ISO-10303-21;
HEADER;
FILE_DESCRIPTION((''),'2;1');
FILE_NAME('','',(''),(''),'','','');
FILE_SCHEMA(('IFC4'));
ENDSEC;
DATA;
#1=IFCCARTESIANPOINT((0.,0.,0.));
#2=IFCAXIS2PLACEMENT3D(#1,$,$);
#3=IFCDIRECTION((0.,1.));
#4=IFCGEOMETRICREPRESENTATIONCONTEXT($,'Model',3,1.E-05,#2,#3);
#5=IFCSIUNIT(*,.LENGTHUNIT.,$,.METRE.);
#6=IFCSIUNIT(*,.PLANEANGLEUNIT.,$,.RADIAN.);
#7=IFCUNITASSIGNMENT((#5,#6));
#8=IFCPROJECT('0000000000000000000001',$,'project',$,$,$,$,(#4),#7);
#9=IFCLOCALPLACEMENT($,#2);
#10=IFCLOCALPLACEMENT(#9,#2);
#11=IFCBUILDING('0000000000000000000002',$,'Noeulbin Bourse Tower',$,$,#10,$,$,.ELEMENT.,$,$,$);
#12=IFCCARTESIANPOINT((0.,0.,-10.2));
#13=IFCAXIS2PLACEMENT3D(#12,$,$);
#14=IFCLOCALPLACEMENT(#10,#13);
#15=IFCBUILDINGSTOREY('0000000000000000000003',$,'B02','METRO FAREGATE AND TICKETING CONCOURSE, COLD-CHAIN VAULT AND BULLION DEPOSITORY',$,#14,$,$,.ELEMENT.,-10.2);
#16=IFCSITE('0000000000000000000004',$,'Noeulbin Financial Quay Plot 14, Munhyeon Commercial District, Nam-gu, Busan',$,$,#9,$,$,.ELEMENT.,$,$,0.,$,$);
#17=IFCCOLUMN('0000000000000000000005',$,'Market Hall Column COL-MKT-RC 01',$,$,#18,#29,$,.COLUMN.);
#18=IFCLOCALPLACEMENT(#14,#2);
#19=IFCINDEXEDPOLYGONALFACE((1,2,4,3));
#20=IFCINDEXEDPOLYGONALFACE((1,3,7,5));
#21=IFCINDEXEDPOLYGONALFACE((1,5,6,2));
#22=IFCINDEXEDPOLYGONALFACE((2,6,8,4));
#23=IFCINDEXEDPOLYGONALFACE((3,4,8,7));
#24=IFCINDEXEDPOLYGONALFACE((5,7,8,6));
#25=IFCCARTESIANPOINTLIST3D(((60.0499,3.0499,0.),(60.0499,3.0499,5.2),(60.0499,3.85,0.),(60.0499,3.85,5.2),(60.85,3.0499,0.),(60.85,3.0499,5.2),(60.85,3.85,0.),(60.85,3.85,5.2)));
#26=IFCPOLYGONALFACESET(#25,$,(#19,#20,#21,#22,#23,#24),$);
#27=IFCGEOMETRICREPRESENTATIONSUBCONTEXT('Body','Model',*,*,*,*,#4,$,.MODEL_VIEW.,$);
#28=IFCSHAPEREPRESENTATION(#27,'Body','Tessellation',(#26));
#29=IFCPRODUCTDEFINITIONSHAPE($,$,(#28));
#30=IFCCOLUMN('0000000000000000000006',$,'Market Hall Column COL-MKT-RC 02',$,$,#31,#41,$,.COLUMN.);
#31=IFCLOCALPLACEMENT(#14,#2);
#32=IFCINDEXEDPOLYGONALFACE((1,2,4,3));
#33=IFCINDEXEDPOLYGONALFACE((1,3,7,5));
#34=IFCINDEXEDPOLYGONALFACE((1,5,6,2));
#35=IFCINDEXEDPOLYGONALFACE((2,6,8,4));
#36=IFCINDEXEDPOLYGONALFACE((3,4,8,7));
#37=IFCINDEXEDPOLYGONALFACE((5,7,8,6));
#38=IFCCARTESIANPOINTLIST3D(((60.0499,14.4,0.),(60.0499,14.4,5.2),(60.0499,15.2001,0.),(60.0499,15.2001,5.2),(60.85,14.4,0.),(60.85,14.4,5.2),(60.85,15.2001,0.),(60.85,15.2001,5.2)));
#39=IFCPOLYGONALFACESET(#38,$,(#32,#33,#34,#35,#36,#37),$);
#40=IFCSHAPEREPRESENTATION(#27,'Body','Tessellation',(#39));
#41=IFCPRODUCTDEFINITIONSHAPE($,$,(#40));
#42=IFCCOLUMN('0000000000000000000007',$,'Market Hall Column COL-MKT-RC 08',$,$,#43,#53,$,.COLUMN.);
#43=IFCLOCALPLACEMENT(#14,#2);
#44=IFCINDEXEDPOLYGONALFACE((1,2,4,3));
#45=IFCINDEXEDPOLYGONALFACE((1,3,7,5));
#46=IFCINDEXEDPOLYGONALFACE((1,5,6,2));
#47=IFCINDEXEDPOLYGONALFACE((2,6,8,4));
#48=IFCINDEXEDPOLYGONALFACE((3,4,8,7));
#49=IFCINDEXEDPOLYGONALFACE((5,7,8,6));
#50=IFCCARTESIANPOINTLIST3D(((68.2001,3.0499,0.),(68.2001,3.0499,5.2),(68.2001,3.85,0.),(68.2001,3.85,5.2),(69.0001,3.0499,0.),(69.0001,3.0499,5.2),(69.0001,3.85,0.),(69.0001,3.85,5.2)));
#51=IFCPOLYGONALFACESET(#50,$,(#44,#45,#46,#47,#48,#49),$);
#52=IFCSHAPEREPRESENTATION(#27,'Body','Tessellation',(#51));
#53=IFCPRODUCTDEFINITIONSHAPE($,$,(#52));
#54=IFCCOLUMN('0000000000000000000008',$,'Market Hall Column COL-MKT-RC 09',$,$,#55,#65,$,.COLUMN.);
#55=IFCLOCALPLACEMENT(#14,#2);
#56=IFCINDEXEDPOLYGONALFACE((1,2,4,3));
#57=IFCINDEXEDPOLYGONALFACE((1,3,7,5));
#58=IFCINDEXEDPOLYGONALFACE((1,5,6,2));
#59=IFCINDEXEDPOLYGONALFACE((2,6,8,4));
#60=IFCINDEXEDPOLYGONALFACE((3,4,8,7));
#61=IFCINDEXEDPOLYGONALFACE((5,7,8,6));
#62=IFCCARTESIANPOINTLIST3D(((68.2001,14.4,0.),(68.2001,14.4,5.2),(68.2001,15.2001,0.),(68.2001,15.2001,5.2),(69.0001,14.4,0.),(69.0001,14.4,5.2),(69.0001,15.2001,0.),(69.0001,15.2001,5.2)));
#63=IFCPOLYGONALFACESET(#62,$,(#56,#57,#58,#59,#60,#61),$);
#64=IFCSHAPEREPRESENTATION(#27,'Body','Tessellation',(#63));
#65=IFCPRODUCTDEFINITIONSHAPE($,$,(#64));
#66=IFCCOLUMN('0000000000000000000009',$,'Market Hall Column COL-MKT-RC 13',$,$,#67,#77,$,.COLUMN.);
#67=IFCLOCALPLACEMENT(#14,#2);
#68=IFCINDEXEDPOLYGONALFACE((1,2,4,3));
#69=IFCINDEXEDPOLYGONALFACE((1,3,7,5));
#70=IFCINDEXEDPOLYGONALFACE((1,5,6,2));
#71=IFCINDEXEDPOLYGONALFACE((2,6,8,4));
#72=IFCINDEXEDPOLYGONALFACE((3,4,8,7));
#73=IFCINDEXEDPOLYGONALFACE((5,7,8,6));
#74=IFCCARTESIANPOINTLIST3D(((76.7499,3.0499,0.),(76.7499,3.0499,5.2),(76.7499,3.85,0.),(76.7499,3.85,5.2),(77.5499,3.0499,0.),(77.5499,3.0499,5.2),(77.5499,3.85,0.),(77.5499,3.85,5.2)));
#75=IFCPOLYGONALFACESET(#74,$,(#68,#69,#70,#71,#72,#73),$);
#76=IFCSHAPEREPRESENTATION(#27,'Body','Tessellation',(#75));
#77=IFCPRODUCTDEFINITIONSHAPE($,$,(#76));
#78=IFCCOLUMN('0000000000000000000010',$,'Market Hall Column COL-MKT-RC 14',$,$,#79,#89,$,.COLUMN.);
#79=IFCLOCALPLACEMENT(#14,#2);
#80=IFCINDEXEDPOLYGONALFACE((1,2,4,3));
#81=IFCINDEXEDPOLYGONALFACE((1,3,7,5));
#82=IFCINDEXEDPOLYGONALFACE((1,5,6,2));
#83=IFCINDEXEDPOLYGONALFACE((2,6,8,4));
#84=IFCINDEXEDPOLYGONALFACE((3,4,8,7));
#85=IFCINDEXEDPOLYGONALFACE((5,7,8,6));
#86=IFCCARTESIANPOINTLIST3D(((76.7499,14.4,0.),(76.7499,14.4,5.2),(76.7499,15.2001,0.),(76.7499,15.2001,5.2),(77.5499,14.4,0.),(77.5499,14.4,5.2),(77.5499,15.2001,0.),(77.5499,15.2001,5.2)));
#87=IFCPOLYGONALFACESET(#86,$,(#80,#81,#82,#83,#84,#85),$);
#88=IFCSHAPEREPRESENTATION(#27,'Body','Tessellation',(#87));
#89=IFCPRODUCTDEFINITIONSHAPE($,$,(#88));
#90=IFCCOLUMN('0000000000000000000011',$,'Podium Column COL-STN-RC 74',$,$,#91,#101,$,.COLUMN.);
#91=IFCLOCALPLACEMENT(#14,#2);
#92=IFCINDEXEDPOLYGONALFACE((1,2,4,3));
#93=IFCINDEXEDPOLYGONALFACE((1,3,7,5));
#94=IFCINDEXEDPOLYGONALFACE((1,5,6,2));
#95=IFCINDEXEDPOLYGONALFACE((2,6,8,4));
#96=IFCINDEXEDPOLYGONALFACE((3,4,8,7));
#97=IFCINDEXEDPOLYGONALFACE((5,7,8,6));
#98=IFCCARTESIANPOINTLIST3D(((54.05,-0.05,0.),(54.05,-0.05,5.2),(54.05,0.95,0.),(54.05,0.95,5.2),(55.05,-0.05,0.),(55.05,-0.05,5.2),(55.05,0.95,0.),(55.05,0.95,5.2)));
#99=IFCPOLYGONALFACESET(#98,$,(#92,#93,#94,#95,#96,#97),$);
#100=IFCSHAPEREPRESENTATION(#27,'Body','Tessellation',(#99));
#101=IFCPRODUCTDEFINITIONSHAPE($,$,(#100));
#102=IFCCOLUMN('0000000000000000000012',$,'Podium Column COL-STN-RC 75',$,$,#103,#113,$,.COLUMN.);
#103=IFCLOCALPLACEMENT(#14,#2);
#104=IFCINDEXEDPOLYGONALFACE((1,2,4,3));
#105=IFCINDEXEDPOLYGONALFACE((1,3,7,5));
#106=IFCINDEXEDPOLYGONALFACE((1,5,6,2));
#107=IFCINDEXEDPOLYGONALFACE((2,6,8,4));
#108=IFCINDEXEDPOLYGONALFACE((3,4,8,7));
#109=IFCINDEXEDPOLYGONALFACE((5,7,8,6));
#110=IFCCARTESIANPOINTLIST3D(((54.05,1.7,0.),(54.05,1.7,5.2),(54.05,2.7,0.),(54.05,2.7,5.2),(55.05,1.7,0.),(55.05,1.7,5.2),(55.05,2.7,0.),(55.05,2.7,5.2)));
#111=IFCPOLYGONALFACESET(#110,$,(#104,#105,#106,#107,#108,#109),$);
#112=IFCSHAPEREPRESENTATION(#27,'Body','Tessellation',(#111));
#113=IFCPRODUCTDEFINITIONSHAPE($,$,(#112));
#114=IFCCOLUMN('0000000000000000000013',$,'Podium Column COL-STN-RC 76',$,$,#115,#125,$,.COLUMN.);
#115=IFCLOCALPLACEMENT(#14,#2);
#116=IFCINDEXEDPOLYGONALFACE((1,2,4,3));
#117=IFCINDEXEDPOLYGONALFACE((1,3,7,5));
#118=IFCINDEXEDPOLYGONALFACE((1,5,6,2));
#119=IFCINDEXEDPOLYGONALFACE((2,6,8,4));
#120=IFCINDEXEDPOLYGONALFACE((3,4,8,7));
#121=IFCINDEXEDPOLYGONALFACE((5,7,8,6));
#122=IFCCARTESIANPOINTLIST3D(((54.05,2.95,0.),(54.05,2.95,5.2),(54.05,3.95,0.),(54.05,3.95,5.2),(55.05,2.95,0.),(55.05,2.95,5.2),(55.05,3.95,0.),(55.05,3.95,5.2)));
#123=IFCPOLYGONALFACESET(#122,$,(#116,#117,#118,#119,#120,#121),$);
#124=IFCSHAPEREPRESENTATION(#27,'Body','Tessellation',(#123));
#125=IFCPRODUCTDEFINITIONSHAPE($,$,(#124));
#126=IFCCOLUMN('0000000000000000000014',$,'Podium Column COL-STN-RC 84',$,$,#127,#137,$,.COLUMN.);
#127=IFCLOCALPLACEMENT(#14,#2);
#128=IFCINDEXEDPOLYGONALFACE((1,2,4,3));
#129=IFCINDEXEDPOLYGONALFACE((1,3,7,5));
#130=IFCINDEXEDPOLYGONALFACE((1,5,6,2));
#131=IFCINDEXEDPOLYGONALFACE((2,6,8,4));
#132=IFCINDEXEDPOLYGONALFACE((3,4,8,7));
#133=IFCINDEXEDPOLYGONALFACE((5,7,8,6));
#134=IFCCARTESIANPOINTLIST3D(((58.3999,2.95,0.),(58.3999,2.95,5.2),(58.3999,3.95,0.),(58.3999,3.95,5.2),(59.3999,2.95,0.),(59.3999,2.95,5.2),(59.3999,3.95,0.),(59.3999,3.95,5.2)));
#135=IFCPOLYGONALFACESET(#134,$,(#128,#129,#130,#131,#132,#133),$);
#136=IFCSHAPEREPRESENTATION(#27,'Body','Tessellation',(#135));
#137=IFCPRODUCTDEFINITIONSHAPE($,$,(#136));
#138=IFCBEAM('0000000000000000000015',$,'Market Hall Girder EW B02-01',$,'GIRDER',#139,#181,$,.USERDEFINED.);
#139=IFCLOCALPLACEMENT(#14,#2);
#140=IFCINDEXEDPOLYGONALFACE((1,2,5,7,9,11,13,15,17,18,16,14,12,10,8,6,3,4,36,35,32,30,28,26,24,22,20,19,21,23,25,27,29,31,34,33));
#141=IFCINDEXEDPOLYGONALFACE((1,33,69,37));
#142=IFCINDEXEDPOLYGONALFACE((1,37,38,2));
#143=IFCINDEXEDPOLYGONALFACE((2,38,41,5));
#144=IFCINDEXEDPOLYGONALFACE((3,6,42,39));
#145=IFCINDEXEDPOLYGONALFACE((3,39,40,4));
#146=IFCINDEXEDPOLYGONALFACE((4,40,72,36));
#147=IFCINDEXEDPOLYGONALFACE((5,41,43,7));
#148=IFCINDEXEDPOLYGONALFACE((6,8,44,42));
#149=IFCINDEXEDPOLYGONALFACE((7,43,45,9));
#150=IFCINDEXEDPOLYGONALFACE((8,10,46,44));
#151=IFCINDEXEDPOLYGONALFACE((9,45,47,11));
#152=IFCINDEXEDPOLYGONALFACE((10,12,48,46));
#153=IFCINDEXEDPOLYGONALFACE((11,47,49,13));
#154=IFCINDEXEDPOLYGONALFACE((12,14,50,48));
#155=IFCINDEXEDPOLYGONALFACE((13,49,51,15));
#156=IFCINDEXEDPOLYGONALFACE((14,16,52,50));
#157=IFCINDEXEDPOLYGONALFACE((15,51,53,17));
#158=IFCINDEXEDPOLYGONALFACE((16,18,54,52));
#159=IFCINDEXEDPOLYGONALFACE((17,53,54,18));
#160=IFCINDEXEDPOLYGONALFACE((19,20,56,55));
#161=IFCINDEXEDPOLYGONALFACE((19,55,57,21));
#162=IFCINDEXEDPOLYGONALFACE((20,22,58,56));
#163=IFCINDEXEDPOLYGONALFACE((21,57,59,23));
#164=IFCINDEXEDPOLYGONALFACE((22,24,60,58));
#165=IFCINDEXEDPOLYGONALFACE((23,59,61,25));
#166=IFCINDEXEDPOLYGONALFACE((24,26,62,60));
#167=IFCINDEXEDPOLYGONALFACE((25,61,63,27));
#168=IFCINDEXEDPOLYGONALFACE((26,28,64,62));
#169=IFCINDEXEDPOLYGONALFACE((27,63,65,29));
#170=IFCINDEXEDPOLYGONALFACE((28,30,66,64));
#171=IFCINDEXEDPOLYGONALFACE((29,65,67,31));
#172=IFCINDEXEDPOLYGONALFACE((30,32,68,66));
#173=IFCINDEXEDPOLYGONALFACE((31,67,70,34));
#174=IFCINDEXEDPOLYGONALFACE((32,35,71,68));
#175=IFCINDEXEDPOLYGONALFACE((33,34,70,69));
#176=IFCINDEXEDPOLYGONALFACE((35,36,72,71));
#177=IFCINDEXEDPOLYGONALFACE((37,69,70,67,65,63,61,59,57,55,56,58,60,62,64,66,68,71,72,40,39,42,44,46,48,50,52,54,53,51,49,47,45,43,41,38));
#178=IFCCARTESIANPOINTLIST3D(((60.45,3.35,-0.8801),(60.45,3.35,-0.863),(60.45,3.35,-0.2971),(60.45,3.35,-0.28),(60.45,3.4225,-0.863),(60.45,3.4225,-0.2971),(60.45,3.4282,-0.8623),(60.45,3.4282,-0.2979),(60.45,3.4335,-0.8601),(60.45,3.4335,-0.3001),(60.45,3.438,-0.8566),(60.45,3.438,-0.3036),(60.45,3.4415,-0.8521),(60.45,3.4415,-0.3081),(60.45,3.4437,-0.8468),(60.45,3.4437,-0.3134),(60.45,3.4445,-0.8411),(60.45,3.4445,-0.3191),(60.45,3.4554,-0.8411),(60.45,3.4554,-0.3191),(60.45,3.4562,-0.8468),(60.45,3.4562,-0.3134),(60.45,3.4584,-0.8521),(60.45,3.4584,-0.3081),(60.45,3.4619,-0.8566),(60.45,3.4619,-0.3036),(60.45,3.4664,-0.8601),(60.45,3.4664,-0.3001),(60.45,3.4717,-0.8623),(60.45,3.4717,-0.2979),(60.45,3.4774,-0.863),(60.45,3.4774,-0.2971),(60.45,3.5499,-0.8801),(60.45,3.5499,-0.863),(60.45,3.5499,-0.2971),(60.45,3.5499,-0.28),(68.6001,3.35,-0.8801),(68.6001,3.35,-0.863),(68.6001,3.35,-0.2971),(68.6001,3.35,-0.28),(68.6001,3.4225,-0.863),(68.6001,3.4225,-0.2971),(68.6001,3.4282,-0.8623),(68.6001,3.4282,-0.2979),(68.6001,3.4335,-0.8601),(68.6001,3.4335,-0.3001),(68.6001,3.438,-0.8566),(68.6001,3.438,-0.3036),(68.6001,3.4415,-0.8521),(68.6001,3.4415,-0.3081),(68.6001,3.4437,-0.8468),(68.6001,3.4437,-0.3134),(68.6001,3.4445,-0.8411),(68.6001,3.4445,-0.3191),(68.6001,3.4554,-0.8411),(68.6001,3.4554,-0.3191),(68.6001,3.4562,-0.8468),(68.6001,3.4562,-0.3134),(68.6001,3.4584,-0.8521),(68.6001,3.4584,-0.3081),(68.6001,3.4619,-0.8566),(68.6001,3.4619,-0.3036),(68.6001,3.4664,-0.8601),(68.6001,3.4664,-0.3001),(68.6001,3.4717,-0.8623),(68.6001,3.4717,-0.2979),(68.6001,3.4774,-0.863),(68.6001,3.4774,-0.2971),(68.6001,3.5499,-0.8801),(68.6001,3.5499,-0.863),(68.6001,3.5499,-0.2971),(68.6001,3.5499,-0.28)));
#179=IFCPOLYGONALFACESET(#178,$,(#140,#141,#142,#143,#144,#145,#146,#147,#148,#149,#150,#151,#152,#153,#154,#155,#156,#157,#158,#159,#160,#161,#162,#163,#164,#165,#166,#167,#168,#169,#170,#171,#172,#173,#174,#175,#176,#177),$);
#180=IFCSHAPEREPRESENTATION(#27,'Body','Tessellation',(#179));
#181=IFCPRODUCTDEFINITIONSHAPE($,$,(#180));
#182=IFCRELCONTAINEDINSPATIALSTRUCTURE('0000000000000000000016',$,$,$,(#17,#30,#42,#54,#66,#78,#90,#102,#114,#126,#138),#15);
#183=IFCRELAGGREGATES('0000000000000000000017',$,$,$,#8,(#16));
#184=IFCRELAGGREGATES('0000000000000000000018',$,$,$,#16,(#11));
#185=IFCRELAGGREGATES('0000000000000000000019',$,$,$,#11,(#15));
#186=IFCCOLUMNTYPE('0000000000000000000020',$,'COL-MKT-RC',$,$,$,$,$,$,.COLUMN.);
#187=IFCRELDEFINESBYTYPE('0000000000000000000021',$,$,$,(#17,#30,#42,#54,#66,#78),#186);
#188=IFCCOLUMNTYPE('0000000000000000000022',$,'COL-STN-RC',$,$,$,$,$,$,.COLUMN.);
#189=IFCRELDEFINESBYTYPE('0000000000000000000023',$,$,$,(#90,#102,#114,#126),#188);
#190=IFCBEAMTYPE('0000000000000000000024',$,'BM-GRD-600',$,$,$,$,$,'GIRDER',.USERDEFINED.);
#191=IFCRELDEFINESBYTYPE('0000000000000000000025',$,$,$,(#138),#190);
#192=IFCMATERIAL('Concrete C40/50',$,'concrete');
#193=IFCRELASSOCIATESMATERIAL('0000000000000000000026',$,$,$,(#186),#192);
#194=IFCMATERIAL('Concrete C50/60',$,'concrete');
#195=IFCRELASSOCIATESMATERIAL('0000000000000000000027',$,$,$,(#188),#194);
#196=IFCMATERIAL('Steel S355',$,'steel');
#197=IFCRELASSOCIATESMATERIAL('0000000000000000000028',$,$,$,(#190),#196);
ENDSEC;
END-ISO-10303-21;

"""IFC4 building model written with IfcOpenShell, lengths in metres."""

from ifc_helpers import new_model, si_unit, direction, frame, origin, origin_2d, place, context, subcontext, project, spatial, rectangle, i_section, extrude, material, material_profile, profile_set, type_object, element, save


model = new_model("IFC4")

# Units and contexts
model_context = context("Model", 3, precision=1e-05, world=origin(), true_north=direction((0.0, 1.0)))
body_context = subcontext(model_context, "Body", "Model", "MODEL_VIEW")
ifc_project = project(units=[si_unit("LENGTHUNIT", "METRE"), si_unit("PLANEANGLEUNIT", "RADIAN")], contexts=[model_context])

# Site, building, storey
site_placement = place(None, origin())
site = spatial("IfcSite", under=ifc_project, at=site_placement, Name="Noeulbin Financial Quay Plot 14, Munhyeon Commercial District, Nam-gu, Busan", CompositionType="ELEMENT", RefElevation=0.0)
building_placement = place(site_placement, origin())
building = spatial("IfcBuilding", under=site, at=building_placement, Name="Noeulbin Bourse Tower", CompositionType="ELEMENT")
storey_placement = place(building_placement, frame((0.0, 0.0, -10.2)))
storey = spatial("IfcBuildingStorey", under=building, at=storey_placement, Name="B02", Description="METRO FAREGATE AND TICKETING CONCOURSE, COLD-CHAIN VAULT AND BULLION DEPOSITORY", CompositionType="ELEMENT", Elevation=-10.2)

# Columns
ifc_material_1 = material(Name="Concrete C40/50", Category="concrete")
ifc_material_profile_1 = material_profile(ifc_material_1, rectangle(XDim=0.8, YDim=0.8, at=origin_2d()), Name="RC-COL-800x800", Category="LoadBearing")
ifc_profile_set_1 = profile_set([ifc_material_profile_1], Name="Concrete C40/50")
column_type_1 = type_object("IfcColumnType", Name="COL-MKT-RC", PredefinedType="COLUMN", material=ifc_profile_set_1)
for number, where, z_axis, x_axis, name in (
    (1, (60.45, 3.45, 0.0), (0.0, 0.0, 1.0), (1.0, 0.0, 0.0), "Market Hall Column COL-MKT-RC 01"),
    (2, (60.45, 14.8, 0.0), (0.0, 0.0, 1.0), (1.0, 0.0, 0.0), "Market Hall Column COL-MKT-RC 02"),
    (3, (68.6001, 3.45, 0.0), (0.0, 0.0, 1.0), (1.0, 0.0, 0.0), "Market Hall Column COL-MKT-RC 08"),
    (4, (68.6001, 14.8, 0.0), (0.0, 0.0, 1.0), (1.0, 0.0, 0.0), "Market Hall Column COL-MKT-RC 09"),
    (5, (77.1499, 3.45, 0.0), (0.0, 0.0, 1.0), (1.0, 0.0, 0.0), "Market Hall Column COL-MKT-RC 13"),
    (6, (77.1499, 14.8, 0.0), (0.0, 0.0, 1.0), (1.0, 0.0, 0.0), "Market Hall Column COL-MKT-RC 14"),
):
    element("IfcColumn", number, at=place(storey_placement, frame(where, z_axis=z_axis, x_axis=x_axis)), inside=storey, type_object=column_type_1, Name=name, PredefinedType="COLUMN", context=body_context, shape_type="SweptSolid", body=[
        extrude(rectangle(XDim=0.8, YDim=0.8, at=origin_2d()), origin(), (0.0, 0.0, 1.0), 5.2),
    ])
ifc_material_2 = material(Name="Concrete C50/60", Category="concrete")
ifc_material_profile_2 = material_profile(ifc_material_2, rectangle(XDim=1.0, YDim=1.0, at=origin_2d()), Name="RC-COL-1000x1000", Category="LoadBearing")
ifc_profile_set_2 = profile_set([ifc_material_profile_2], Name="Concrete C50/60")
column_type_2 = type_object("IfcColumnType", Name="COL-STN-RC", PredefinedType="COLUMN", material=ifc_profile_set_2)
for number, where, z_axis, x_axis, name in (
    (7, (54.55, 0.45, 0.0), (0.0, 0.0, 1.0), (1.0, 0.0, 0.0), "Podium Column COL-STN-RC 74"),
    (8, (54.55, 2.2, 0.0), (0.0, 0.0, 1.0), (1.0, 0.0, 0.0), "Podium Column COL-STN-RC 75"),
    (9, (54.55, 3.45, 0.0), (0.0, 0.0, 1.0), (1.0, 0.0, 0.0), "Podium Column COL-STN-RC 76"),
    (10, (58.8999, 3.45, 0.0), (0.0, 0.0, 1.0), (1.0, 0.0, 0.0), "Podium Column COL-STN-RC 84"),
):
    element("IfcColumn", number, at=place(storey_placement, frame(where, z_axis=z_axis, x_axis=x_axis)), inside=storey, type_object=column_type_2, Name=name, PredefinedType="COLUMN", context=body_context, shape_type="SweptSolid", body=[
        extrude(rectangle(XDim=1.0, YDim=1.0, at=origin_2d()), origin(), (0.0, 0.0, 1.0), 5.2),
    ])

# Beam
ifc_material_3 = material(Name="Steel S355", Category="steel")
ifc_material_profile_3 = material_profile(ifc_material_3, i_section(OverallWidth=0.2, OverallDepth=0.6001, WebThickness=0.011, FlangeThickness=0.0171, FilletRadius=0.022, at=origin_2d()), Name="H-600x200x11x17", Category="LoadBearing")
ifc_profile_set_3 = profile_set([ifc_material_profile_3], Name="Steel S355")
beam_type_1 = type_object("IfcBeamType", Name="BM-GRD-600", ElementType="GIRDER", PredefinedType="USERDEFINED", material=ifc_profile_set_3)
beam_1_placement = place(storey_placement, frame((60.45, 3.45, -0.5801), z_axis=(1.0, 0.0, 0.0), x_axis=(0.0, 1.0, 0.0)))
element("IfcBeam", 11, at=beam_1_placement, inside=storey, type_object=beam_type_1, Name="Market Hall Girder EW B02-01", ObjectType="GIRDER", PredefinedType="USERDEFINED", context=body_context, shape_type="SweptSolid", body=[
    extrude(i_section(OverallWidth=0.2, OverallDepth=0.6001, WebThickness=0.011, FlangeThickness=0.0171, FilletRadius=0.022, at=origin_2d()), origin(), (0.0, 0.0, 1.0), 8.1501),
])

save(model, "model.ifc")
